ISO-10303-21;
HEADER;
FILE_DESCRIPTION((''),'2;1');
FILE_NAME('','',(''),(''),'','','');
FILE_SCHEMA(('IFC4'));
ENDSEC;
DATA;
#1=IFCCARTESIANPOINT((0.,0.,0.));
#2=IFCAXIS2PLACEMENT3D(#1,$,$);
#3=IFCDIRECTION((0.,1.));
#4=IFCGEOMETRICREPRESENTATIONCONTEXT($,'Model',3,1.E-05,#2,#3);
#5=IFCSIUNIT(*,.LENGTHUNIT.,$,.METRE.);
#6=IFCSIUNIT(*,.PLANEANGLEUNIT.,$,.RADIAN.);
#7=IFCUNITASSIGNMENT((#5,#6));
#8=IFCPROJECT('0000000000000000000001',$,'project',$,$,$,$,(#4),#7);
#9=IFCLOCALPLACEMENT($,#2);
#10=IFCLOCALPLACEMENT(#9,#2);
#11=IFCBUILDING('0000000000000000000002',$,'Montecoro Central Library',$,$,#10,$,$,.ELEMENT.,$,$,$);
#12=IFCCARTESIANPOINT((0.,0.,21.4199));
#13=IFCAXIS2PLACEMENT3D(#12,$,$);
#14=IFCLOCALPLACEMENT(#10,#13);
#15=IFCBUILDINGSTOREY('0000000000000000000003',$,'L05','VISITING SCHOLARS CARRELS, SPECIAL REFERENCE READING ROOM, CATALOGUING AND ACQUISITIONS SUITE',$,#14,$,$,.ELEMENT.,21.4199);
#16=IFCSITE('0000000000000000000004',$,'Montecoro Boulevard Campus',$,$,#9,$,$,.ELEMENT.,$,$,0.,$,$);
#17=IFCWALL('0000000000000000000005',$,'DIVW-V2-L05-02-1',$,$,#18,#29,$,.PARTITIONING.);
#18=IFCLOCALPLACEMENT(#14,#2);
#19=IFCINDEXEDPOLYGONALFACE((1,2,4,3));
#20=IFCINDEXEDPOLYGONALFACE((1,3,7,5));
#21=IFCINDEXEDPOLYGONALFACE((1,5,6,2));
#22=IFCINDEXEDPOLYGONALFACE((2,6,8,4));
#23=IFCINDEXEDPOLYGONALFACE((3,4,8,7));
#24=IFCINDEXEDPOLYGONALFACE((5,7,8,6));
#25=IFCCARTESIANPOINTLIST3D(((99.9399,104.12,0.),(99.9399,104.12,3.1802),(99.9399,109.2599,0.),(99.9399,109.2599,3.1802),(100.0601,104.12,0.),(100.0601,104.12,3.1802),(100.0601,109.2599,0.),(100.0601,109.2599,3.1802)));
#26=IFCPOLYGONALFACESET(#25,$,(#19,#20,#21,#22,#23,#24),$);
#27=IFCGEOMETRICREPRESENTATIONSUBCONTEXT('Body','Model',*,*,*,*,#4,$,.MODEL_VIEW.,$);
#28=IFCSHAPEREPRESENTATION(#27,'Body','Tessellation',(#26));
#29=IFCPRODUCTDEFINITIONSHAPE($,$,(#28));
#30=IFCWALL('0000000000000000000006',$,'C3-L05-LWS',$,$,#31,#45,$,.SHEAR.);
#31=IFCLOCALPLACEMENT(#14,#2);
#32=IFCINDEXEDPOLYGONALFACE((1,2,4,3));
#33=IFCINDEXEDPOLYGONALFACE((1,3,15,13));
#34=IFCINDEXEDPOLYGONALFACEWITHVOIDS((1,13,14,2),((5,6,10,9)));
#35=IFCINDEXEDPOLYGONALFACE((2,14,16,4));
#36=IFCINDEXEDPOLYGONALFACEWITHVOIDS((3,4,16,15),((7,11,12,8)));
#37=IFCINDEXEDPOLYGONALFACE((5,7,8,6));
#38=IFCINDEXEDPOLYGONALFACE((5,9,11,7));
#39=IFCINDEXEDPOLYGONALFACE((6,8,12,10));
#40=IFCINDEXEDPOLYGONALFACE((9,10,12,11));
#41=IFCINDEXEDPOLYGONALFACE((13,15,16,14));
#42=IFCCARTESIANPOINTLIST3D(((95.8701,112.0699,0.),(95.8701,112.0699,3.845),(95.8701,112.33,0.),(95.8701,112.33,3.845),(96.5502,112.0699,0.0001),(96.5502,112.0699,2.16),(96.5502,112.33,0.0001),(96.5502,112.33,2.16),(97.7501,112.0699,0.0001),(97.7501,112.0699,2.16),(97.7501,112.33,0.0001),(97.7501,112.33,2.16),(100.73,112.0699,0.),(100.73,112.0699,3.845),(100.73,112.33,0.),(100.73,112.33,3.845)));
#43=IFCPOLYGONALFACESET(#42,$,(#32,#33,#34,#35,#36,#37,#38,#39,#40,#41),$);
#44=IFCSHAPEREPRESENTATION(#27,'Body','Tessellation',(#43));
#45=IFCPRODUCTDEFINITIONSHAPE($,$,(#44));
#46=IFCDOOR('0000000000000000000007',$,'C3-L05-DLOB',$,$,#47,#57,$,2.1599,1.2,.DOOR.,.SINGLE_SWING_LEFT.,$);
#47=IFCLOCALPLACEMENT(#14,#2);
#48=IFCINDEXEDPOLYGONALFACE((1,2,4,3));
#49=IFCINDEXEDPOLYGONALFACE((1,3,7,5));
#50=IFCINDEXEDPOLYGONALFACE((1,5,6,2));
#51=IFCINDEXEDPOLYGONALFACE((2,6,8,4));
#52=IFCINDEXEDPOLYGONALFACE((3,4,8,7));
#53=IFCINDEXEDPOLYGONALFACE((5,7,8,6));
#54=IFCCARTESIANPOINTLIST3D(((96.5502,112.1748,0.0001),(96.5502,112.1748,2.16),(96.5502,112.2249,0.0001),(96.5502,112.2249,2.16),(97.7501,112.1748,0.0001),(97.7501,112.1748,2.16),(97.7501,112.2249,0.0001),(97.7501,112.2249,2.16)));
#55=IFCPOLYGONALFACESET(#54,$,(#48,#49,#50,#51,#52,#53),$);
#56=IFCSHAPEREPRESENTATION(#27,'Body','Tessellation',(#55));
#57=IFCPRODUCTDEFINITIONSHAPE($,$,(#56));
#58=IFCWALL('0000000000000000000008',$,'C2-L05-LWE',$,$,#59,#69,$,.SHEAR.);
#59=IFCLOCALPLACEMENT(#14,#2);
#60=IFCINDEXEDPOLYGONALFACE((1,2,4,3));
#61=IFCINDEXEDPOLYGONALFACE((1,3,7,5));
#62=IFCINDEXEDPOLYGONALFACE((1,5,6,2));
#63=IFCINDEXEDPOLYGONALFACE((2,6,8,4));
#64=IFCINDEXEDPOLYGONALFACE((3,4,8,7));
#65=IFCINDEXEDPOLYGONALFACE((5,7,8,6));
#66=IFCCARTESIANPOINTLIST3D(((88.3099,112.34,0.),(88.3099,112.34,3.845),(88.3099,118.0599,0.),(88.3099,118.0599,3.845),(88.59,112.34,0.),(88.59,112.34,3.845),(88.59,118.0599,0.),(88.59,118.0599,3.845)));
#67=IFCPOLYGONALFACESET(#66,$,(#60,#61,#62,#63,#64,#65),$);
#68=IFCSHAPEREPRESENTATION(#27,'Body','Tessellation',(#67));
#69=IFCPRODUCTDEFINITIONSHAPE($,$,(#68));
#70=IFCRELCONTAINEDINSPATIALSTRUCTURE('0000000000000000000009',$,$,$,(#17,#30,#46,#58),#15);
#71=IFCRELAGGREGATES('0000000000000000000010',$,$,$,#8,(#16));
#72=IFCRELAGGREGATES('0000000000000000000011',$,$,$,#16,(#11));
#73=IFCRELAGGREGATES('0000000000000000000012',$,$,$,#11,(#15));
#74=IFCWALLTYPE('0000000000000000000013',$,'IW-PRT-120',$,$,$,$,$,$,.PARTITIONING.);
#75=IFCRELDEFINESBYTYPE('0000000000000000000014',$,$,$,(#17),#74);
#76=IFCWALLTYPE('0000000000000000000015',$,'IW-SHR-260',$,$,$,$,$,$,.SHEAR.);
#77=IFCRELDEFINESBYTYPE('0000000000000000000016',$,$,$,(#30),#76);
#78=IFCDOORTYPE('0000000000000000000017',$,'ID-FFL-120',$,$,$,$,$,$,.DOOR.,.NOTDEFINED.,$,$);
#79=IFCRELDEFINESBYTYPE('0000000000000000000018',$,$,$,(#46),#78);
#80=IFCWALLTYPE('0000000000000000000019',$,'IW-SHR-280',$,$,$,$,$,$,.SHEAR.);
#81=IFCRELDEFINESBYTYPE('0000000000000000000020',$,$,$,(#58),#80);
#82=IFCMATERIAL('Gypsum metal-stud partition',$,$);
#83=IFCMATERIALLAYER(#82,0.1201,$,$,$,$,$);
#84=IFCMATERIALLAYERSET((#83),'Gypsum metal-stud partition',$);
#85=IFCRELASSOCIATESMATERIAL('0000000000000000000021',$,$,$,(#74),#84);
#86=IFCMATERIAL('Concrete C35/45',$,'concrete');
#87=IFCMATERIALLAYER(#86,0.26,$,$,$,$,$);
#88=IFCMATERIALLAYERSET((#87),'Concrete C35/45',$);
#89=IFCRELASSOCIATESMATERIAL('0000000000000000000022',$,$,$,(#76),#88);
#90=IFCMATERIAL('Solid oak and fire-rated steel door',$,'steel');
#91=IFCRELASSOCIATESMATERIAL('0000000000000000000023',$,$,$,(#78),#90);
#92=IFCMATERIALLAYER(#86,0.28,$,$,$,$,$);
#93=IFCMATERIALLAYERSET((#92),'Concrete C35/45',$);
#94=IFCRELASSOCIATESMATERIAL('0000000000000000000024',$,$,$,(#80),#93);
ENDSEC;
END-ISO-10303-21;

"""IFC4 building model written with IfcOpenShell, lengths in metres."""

from ifc_helpers import new_model, si_unit, direction, frame, frame_2d, origin, place, context, subcontext, project, spatial, rectangle, extrude, material, layer, layer_set, type_object, element, fill, save


model = new_model("IFC4")

# Units and contexts
model_context = context("Model", 3, precision=1e-05, world=origin(), true_north=direction((0.0, 1.0)))
body_context = subcontext(model_context, "Body", "Model", "MODEL_VIEW")
ifc_project = project(units=[si_unit("LENGTHUNIT", "METRE"), si_unit("PLANEANGLEUNIT", "RADIAN")], contexts=[model_context])

# Site, building, storey
site_placement = place(None, origin())
site = spatial("IfcSite", under=ifc_project, at=site_placement, Name="Montecoro Boulevard Campus", CompositionType="ELEMENT", RefElevation=0.0)
building_placement = place(site_placement, origin())
building = spatial("IfcBuilding", under=site, at=building_placement, Name="Montecoro Central Library", CompositionType="ELEMENT")
storey_placement = place(building_placement, frame((0.0, 0.0, 21.4199)))
storey = spatial("IfcBuildingStorey", under=building, at=storey_placement, Name="L05", Description="VISITING SCHOLARS CARRELS, SPECIAL REFERENCE READING ROOM, CATALOGUING AND ACQUISITIONS SUITE", CompositionType="ELEMENT", Elevation=21.4199)

# Shared definitions
ifc_material_1 = material(Name="Solid oak and fire-rated steel door", Category="steel")

# Wall
ifc_material_2 = material(Name="Gypsum metal-stud partition")
ifc_layer_1 = layer(ifc_material_2, 0.1201)
ifc_layer_set_1 = layer_set([ifc_layer_1], Name="Gypsum metal-stud partition")
wall_type_1 = type_object("IfcWallType", Name="IW-PRT-120", PredefinedType="PARTITIONING", material=ifc_layer_set_1)
wall_1_placement = place(storey_placement, frame((100.0, 104.1201, 0.0), z_axis=(0.0, 0.0, 1.0), x_axis=(0.0, 1.0, 0.0)))
element("IfcWall", 1, at=wall_1_placement, inside=storey, type_object=wall_type_1, Name="DIVW-V2-L05-02-1", PredefinedType="PARTITIONING", context=body_context, shape_type="SweptSolid", body=[
    extrude(rectangle(XDim=5.1399, YDim=0.1201, at=frame_2d((2.5698, 0.0))), origin(), (0.0, 0.0, 1.0), 3.1802),
])

# Wall, opening, door
ifc_material_3 = material(Name="Concrete C35/45", Category="concrete")
ifc_layer_2 = layer(ifc_material_3, 0.26)
ifc_layer_set_2 = layer_set([ifc_layer_2], Name="Concrete C35/45")
wall_type_2 = type_object("IfcWallType", Name="IW-SHR-260", PredefinedType="SHEAR", material=ifc_layer_set_2)
wall_2_placement = place(storey_placement, frame((95.8701, 112.2, 0.0), z_axis=(0.0, 0.0, 1.0), x_axis=(1.0, 0.0, 0.0)))
wall_2 = element("IfcWall", 2, at=wall_2_placement, inside=storey, type_object=wall_type_2, Name="C3-L05-LWS", PredefinedType="SHEAR", context=body_context, shape_type="SweptSolid", body=[
    extrude(rectangle(XDim=4.8599, YDim=0.26, at=frame_2d((2.4299, 0.0))), origin(), (0.0, 0.0, 1.0), 3.845),
])
opening_1_placement = place(wall_2_placement, frame((0.6799, 0.0, 0.0)))
opening_1 = element("IfcOpeningElement", 3, at=opening_1_placement, cuts=wall_2, PredefinedType="OPENING", context=body_context, shape_type="SweptSolid", body=[
    extrude(rectangle(XDim=1.2, YDim=2.1599, at=frame_2d((0.6001, 1.0801))), frame((0.0, 0.1399, 0.0), z_axis=(0.0, -1.0, 0.0), x_axis=(1.0, 0.0, 0.0)), (0.0, 0.0, 1.0), 0.28),
])
door_type_1 = type_object("IfcDoorType", Name="ID-FFL-120", OperationType="NOTDEFINED", PredefinedType="DOOR", material=ifc_material_1)
door_1_placement = place(opening_1_placement, origin())
door_1 = element("IfcDoor", 4, at=door_1_placement, inside=storey, type_object=door_type_1, Name="C3-L05-DLOB", OperationType="SINGLE_SWING_LEFT", OverallHeight=2.1599, OverallWidth=1.2, PredefinedType="DOOR", context=body_context, shape_type="SweptSolid", body=[
    extrude(rectangle(XDim=1.2, YDim=2.1599, at=frame_2d((0.6001, 1.0801))), frame((0.0, 0.0249, 0.0), z_axis=(0.0, -1.0, 0.0), x_axis=(1.0, 0.0, 0.0)), (0.0, 0.0, 1.0), 0.05),
])
fill(opening_1, door_1)

# Wall
ifc_layer_3 = layer(ifc_material_3, 0.28)
ifc_layer_set_3 = layer_set([ifc_layer_3], Name="Concrete C35/45")
wall_type_3 = type_object("IfcWallType", Name="IW-SHR-280", PredefinedType="SHEAR", material=ifc_layer_set_3)
wall_3_placement = place(storey_placement, frame((88.45, 112.3401, 0.0), z_axis=(0.0, 0.0, 1.0), x_axis=(0.0, 1.0, 0.0)))
element("IfcWall", 5, at=wall_3_placement, inside=storey, type_object=wall_type_3, Name="C2-L05-LWE", PredefinedType="SHEAR", context=body_context, shape_type="SweptSolid", body=[
    extrude(rectangle(XDim=5.72, YDim=0.28, at=frame_2d((2.8599, 0.0))), origin(), (0.0, 0.0, 1.0), 3.845),
])

save(model, "model.ifc")
